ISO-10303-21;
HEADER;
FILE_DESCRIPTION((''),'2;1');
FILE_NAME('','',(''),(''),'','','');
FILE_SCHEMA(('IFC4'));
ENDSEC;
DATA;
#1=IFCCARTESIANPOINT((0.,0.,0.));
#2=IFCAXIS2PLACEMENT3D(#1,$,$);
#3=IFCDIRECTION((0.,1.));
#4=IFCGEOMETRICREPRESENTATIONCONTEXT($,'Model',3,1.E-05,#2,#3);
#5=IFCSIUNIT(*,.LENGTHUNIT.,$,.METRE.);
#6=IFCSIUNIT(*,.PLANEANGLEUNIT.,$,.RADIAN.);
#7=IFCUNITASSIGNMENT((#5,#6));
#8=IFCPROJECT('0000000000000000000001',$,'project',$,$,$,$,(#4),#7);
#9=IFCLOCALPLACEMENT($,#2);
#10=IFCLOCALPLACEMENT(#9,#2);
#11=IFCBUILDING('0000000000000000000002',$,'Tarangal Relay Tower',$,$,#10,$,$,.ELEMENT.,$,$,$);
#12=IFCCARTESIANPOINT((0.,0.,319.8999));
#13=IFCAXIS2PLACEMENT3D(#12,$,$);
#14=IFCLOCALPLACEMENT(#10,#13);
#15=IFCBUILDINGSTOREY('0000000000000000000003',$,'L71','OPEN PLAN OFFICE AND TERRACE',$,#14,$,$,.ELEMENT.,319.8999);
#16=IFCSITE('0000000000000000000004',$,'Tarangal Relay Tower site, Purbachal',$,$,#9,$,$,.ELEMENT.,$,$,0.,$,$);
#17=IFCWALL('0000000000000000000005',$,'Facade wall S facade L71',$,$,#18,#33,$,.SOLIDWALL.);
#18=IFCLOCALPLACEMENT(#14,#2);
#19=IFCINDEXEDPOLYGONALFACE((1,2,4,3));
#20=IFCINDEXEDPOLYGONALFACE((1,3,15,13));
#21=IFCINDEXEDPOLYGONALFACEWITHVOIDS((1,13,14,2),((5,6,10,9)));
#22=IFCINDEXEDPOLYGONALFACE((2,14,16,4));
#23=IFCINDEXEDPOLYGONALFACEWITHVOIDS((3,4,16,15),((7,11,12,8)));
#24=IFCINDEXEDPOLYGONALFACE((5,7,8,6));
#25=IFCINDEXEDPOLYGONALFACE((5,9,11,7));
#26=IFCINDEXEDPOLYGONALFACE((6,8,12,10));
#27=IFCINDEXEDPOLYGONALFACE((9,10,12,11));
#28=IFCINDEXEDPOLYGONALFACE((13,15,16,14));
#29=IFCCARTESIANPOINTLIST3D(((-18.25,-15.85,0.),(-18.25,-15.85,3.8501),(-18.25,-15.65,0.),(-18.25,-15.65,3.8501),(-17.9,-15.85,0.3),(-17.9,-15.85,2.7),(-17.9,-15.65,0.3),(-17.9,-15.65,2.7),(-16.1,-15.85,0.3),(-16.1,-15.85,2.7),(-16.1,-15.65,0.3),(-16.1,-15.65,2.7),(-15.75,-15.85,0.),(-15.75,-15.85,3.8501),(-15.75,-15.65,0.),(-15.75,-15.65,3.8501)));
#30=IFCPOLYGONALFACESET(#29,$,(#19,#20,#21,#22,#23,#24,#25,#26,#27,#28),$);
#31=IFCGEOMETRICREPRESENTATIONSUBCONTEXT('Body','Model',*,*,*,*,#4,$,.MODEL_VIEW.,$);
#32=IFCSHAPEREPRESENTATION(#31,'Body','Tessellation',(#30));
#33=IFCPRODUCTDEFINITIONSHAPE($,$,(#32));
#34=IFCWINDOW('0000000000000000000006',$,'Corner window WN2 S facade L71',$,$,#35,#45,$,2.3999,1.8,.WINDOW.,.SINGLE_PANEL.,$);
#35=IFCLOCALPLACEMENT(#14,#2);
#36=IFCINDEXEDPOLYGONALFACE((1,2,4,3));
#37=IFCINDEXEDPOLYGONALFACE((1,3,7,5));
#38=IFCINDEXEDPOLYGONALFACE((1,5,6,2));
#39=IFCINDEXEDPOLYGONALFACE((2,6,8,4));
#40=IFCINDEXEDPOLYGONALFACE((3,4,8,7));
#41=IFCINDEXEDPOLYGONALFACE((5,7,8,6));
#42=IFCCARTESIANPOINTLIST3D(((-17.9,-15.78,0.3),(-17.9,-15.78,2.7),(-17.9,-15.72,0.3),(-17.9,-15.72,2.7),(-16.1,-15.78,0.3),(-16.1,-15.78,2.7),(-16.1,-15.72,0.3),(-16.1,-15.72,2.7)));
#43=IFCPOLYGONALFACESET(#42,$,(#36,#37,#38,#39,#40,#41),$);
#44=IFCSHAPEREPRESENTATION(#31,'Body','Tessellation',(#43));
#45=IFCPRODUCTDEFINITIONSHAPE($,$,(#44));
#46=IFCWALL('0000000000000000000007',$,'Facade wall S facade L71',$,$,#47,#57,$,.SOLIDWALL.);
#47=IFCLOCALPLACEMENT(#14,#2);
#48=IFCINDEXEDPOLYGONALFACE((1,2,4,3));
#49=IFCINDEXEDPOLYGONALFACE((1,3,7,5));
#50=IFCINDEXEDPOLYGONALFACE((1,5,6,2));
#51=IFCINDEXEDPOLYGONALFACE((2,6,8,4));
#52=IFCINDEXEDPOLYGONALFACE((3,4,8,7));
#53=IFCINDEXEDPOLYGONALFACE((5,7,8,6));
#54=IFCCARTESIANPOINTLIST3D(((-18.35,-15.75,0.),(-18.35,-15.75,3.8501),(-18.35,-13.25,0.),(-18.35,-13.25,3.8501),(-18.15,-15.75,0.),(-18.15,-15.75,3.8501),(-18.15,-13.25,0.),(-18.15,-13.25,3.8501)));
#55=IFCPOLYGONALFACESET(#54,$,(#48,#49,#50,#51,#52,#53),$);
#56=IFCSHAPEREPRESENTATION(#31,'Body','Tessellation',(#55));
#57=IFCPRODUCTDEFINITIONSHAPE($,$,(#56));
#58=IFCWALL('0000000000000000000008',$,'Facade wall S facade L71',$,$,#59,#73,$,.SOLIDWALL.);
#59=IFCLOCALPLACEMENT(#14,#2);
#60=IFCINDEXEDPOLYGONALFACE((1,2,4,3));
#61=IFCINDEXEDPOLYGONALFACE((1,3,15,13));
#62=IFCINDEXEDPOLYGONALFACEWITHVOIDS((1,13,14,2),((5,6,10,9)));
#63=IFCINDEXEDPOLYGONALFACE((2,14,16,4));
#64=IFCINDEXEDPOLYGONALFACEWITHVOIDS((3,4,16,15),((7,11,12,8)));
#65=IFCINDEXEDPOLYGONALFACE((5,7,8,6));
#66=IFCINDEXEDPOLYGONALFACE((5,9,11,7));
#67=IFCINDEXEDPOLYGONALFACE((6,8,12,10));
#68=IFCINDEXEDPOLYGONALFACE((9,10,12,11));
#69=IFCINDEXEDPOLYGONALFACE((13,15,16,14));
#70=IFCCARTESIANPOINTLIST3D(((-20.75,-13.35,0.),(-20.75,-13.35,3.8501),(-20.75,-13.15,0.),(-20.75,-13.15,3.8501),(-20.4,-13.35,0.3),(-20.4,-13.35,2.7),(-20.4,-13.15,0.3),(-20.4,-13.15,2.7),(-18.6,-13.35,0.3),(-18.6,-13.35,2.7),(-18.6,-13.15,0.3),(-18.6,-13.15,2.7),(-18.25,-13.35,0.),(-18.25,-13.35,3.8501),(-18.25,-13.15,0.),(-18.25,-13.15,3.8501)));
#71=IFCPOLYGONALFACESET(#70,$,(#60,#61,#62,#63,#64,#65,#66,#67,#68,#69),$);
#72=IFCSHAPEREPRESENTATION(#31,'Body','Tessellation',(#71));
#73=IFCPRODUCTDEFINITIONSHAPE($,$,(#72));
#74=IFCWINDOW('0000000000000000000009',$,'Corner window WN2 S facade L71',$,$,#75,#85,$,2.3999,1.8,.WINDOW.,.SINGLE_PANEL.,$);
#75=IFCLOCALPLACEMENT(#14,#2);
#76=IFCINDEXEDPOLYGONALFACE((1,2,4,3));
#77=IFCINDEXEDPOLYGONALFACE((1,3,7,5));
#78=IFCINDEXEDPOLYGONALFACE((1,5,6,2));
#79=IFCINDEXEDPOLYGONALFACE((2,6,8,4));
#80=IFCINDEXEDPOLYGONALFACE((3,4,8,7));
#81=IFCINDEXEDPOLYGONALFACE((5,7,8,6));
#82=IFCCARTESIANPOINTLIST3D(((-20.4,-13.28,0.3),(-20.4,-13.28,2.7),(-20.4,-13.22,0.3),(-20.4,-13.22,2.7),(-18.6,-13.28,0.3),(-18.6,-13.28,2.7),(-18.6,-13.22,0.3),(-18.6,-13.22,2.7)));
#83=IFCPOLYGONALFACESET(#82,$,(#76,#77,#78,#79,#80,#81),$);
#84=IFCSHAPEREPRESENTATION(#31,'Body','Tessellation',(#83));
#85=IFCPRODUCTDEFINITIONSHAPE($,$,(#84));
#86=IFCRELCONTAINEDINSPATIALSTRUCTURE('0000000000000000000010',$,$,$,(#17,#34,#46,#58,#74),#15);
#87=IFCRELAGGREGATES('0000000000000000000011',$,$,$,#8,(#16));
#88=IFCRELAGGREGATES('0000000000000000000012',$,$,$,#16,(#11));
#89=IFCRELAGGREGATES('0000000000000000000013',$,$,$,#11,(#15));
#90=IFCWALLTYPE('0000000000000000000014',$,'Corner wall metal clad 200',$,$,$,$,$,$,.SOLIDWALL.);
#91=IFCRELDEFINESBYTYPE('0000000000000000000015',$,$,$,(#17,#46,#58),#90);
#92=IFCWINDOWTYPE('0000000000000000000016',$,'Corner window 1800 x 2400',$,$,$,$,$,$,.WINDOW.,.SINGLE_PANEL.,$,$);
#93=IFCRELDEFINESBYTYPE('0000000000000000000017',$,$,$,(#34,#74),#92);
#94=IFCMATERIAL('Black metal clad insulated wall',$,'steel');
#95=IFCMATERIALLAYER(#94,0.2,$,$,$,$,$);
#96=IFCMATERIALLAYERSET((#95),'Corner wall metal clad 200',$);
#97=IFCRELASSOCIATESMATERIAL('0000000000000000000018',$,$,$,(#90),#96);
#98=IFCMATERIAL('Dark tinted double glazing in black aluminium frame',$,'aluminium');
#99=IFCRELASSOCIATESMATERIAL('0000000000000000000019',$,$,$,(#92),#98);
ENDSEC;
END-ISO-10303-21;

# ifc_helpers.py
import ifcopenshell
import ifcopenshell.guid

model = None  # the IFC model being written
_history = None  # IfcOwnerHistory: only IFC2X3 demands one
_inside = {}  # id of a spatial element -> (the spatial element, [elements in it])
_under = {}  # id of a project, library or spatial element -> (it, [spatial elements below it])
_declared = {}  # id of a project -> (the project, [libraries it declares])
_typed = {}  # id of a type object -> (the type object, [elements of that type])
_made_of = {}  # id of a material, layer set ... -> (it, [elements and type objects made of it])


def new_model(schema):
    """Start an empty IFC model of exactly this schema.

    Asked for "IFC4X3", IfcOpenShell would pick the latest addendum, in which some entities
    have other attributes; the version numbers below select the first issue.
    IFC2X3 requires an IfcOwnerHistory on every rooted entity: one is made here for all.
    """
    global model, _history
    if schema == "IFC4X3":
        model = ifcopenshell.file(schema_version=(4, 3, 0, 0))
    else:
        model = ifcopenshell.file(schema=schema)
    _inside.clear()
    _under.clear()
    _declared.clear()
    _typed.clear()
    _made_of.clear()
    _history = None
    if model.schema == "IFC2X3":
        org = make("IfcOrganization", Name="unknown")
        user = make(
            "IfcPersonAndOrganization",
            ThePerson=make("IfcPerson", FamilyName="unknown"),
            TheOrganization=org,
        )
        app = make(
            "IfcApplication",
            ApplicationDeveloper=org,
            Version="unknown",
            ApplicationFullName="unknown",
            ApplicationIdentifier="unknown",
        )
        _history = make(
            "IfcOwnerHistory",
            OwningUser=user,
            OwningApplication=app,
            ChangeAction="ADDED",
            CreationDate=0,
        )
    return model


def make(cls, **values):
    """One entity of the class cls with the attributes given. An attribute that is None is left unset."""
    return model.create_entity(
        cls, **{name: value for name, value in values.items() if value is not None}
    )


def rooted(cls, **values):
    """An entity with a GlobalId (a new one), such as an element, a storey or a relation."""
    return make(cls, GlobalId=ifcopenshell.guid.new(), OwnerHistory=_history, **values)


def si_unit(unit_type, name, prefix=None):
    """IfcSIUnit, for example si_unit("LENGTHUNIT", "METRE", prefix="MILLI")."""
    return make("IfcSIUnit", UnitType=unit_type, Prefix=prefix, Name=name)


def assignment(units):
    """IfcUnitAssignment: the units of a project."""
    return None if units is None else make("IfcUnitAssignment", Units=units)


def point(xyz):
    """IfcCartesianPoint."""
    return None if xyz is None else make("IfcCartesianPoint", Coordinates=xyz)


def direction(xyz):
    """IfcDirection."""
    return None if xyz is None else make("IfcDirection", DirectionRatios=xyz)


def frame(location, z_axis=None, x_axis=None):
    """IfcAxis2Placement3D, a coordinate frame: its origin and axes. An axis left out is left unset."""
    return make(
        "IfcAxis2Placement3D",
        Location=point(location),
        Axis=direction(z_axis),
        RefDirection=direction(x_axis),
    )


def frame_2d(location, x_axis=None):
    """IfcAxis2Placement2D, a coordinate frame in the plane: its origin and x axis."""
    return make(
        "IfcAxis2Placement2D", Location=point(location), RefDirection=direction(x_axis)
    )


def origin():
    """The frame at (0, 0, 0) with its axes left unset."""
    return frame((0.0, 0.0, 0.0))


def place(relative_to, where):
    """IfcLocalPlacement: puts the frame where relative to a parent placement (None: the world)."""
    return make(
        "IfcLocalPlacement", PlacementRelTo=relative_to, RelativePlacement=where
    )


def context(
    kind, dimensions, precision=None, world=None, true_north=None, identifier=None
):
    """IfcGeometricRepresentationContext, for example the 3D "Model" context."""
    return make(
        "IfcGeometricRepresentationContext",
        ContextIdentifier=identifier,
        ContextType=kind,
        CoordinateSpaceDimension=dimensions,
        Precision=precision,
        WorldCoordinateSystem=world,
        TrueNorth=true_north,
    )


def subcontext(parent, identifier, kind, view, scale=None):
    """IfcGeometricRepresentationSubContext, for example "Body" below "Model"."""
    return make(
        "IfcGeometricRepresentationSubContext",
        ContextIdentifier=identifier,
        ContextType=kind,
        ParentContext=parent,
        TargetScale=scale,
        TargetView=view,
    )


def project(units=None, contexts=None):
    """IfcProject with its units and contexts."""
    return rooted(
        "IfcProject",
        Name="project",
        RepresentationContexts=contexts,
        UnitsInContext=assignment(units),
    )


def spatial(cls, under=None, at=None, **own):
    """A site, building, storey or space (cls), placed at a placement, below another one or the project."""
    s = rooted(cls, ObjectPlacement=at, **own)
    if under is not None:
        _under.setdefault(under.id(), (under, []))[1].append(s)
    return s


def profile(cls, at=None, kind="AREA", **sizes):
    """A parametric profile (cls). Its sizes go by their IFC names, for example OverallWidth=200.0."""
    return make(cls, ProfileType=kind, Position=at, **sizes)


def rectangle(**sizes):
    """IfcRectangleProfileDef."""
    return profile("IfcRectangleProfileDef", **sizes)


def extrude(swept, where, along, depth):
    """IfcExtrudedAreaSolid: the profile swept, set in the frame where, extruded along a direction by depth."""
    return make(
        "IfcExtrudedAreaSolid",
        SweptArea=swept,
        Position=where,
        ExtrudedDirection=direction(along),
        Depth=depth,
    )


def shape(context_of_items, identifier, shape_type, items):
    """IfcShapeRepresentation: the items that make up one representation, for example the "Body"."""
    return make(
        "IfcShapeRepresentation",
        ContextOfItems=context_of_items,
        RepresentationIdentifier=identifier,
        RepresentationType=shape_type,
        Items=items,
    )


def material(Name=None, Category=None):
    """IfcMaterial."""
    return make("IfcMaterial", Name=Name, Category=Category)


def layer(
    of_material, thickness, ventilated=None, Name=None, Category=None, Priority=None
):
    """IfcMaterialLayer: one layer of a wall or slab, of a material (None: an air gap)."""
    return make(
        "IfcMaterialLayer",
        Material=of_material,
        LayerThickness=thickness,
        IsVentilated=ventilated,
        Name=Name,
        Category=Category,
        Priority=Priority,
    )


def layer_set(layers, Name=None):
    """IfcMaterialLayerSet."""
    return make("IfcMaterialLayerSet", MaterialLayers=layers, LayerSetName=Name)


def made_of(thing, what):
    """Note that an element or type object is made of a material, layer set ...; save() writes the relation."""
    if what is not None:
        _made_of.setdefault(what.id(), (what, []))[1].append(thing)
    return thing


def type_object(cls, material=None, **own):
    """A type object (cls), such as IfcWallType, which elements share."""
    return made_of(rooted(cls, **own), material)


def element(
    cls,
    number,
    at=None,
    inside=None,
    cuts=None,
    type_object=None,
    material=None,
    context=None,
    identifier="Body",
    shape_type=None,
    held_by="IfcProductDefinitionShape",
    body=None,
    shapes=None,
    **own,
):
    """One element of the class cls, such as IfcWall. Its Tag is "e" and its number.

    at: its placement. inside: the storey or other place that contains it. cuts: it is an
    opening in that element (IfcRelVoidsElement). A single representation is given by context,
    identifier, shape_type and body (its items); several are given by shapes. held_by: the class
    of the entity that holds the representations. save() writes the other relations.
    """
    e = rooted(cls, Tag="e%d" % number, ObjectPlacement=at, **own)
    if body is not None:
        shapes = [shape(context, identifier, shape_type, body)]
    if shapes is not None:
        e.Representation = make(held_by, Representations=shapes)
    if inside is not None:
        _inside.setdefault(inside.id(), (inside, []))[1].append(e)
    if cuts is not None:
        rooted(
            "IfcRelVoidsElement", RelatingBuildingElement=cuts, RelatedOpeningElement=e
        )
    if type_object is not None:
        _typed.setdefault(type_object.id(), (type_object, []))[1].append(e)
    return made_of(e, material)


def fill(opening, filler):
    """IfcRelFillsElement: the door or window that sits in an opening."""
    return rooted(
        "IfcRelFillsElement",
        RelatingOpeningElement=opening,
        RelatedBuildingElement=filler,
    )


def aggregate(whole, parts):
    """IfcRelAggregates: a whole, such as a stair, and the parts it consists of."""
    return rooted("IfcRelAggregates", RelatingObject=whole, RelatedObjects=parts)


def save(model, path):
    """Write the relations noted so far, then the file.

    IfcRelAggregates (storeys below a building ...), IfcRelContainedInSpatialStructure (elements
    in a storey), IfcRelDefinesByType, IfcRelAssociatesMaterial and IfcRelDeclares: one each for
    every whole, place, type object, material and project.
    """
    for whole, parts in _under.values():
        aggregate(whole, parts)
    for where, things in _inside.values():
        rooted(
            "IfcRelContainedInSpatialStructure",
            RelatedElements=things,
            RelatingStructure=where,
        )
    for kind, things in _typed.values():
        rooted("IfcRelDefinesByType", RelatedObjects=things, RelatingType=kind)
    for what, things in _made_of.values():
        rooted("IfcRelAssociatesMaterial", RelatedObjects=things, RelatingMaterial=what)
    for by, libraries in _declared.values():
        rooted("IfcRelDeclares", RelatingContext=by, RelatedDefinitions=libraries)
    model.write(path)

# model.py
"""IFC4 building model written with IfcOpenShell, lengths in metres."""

from ifc_helpers import new_model, si_unit, direction, frame, frame_2d, origin, place, context, subcontext, project, spatial, rectangle, extrude, material, layer, layer_set, type_object, element, fill, save


model = new_model("IFC4")

# Units and contexts
model_context = context("Model", 3, precision=1e-05, world=origin(), true_north=direction((0.0, 1.0)))
body_context = subcontext(model_context, "Body", "Model", "MODEL_VIEW")
ifc_project = project(units=[si_unit("LENGTHUNIT", "METRE"), si_unit("PLANEANGLEUNIT", "RADIAN")], contexts=[model_context])

# Site, building, storey
site_placement = place(None, origin())
site = spatial("IfcSite", under=ifc_project, at=site_placement, Name="Tarangal Relay Tower site, Purbachal", CompositionType="ELEMENT", RefElevation=0.0)
building_placement = place(site_placement, origin())
building = spatial("IfcBuilding", under=site, at=building_placement, Name="Tarangal Relay Tower", CompositionType="ELEMENT")
storey_placement = place(building_placement, frame((0.0, 0.0, 319.8999)))
storey = spatial("IfcBuildingStorey", under=building, at=storey_placement, Name="L71", Description="OPEN PLAN OFFICE AND TERRACE", CompositionType="ELEMENT", Elevation=319.8999)

# Shared definitions
ifc_material_1 = material(Name="Black metal clad insulated wall", Category="steel")
ifc_layer_1 = layer(ifc_material_1, 0.2)
ifc_layer_set_1 = layer_set([ifc_layer_1], Name="Corner wall metal clad 200")
wall_type_1 = type_object("IfcWallType", Name="Corner wall metal clad 200", PredefinedType="SOLIDWALL", material=ifc_layer_set_1)

# Shared definitions
ifc_material_2 = material(Name="Dark tinted double glazing in black aluminium frame", Category="aluminium")
window_type = type_object("IfcWindowType", Name="Corner window 1800 x 2400", PartitioningType="SINGLE_PANEL", PredefinedType="WINDOW", material=ifc_material_2)

# Wall, opening, window
wall_1_placement = place(storey_placement, frame((-15.75, -15.75, 0.0), z_axis=(0.0, 0.0, 1.0), x_axis=(-1.0, 0.0, 0.0)))
wall_1 = element("IfcWall", 1, at=wall_1_placement, inside=storey, type_object=wall_type_1, Name="Facade wall S facade L71", PredefinedType="SOLIDWALL", context=body_context, shape_type="SweptSolid", body=[
    extrude(rectangle(XDim=2.5, YDim=0.2, at=frame_2d((1.25, 0.0))), origin(), (0.0, 0.0, 1.0), 3.8501),
])
opening_1_placement = place(wall_1_placement, frame((0.3501, 0.0, 0.3)))
opening_1 = element("IfcOpeningElement", 2, at=opening_1_placement, cuts=wall_1, PredefinedType="OPENING", context=body_context, shape_type="SweptSolid", body=[
    extrude(rectangle(XDim=1.8, YDim=2.3999, at=frame_2d((0.8999, 1.2))), frame((0.0, 0.1099, 0.0), z_axis=(0.0, -1.0, 0.0), x_axis=(1.0, 0.0, 0.0)), (0.0, 0.0, 1.0), 0.22),
])
window_1_placement = place(opening_1_placement, origin())
window_1 = element("IfcWindow", 3, at=window_1_placement, inside=storey, type_object=window_type, Name="Corner window WN2 S facade L71", OverallHeight=2.3999, OverallWidth=1.8, PartitioningType="SINGLE_PANEL", PredefinedType="WINDOW", context=body_context, shape_type="SweptSolid", body=[
    extrude(rectangle(XDim=1.8, YDim=2.3999, at=frame_2d((0.8999, 1.2))), frame((0.0, 0.03, 0.0), z_axis=(0.0, -1.0, 0.0), x_axis=(1.0, 0.0, 0.0)), (0.0, 0.0, 1.0), 0.0601),
])
fill(opening_1, window_1)

# Wall
wall_2_placement = place(storey_placement, frame((-18.25, -15.75, 0.0), z_axis=(0.0, 0.0, 1.0), x_axis=(0.0, 1.0, 0.0)))
element("IfcWall", 4, at=wall_2_placement, inside=storey, type_object=wall_type_1, Name="Facade wall S facade L71", PredefinedType="SOLIDWALL", context=body_context, shape_type="SweptSolid", body=[
    extrude(rectangle(XDim=2.5, YDim=0.2, at=frame_2d((1.25, 0.0))), origin(), (0.0, 0.0, 1.0), 3.8501),
])

# Wall, opening, window
wall_3_placement = place(storey_placement, frame((-18.25, -13.25, 0.0), z_axis=(0.0, 0.0, 1.0), x_axis=(-1.0, 0.0, 0.0)))
wall_3 = element("IfcWall", 5, at=wall_3_placement, inside=storey, type_object=wall_type_1, Name="Facade wall S facade L71", PredefinedType="SOLIDWALL", context=body_context, shape_type="SweptSolid", body=[
    extrude(rectangle(XDim=2.5, YDim=0.2, at=frame_2d((1.25, 0.0))), origin(), (0.0, 0.0, 1.0), 3.8501),
])
opening_2_placement = place(wall_3_placement, frame((0.3501, 0.0, 0.3)))
opening_2 = element("IfcOpeningElement", 6, at=opening_2_placement, cuts=wall_3, PredefinedType="OPENING", context=body_context, shape_type="SweptSolid", body=[
    extrude(rectangle(XDim=1.8, YDim=2.3999, at=frame_2d((0.8999, 1.2))), frame((0.0, 0.1099, 0.0), z_axis=(0.0, -1.0, 0.0), x_axis=(1.0, 0.0, 0.0)), (0.0, 0.0, 1.0), 0.22),
])
window_2_placement = place(opening_2_placement, origin())
window_2 = element("IfcWindow", 7, at=window_2_placement, inside=storey, type_object=window_type, Name="Corner window WN2 S facade L71", OverallHeight=2.3999, OverallWidth=1.8, PartitioningType="SINGLE_PANEL", PredefinedType="WINDOW", context=body_context, shape_type="SweptSolid", body=[
    extrude(rectangle(XDim=1.8, YDim=2.3999, at=frame_2d((0.8999, 1.2))), frame((0.0, 0.03, 0.0), z_axis=(0.0, -1.0, 0.0), x_axis=(1.0, 0.0, 0.0)), (0.0, 0.0, 1.0), 0.0601),
])
fill(opening_2, window_2)

save(model, "model.ifc")
